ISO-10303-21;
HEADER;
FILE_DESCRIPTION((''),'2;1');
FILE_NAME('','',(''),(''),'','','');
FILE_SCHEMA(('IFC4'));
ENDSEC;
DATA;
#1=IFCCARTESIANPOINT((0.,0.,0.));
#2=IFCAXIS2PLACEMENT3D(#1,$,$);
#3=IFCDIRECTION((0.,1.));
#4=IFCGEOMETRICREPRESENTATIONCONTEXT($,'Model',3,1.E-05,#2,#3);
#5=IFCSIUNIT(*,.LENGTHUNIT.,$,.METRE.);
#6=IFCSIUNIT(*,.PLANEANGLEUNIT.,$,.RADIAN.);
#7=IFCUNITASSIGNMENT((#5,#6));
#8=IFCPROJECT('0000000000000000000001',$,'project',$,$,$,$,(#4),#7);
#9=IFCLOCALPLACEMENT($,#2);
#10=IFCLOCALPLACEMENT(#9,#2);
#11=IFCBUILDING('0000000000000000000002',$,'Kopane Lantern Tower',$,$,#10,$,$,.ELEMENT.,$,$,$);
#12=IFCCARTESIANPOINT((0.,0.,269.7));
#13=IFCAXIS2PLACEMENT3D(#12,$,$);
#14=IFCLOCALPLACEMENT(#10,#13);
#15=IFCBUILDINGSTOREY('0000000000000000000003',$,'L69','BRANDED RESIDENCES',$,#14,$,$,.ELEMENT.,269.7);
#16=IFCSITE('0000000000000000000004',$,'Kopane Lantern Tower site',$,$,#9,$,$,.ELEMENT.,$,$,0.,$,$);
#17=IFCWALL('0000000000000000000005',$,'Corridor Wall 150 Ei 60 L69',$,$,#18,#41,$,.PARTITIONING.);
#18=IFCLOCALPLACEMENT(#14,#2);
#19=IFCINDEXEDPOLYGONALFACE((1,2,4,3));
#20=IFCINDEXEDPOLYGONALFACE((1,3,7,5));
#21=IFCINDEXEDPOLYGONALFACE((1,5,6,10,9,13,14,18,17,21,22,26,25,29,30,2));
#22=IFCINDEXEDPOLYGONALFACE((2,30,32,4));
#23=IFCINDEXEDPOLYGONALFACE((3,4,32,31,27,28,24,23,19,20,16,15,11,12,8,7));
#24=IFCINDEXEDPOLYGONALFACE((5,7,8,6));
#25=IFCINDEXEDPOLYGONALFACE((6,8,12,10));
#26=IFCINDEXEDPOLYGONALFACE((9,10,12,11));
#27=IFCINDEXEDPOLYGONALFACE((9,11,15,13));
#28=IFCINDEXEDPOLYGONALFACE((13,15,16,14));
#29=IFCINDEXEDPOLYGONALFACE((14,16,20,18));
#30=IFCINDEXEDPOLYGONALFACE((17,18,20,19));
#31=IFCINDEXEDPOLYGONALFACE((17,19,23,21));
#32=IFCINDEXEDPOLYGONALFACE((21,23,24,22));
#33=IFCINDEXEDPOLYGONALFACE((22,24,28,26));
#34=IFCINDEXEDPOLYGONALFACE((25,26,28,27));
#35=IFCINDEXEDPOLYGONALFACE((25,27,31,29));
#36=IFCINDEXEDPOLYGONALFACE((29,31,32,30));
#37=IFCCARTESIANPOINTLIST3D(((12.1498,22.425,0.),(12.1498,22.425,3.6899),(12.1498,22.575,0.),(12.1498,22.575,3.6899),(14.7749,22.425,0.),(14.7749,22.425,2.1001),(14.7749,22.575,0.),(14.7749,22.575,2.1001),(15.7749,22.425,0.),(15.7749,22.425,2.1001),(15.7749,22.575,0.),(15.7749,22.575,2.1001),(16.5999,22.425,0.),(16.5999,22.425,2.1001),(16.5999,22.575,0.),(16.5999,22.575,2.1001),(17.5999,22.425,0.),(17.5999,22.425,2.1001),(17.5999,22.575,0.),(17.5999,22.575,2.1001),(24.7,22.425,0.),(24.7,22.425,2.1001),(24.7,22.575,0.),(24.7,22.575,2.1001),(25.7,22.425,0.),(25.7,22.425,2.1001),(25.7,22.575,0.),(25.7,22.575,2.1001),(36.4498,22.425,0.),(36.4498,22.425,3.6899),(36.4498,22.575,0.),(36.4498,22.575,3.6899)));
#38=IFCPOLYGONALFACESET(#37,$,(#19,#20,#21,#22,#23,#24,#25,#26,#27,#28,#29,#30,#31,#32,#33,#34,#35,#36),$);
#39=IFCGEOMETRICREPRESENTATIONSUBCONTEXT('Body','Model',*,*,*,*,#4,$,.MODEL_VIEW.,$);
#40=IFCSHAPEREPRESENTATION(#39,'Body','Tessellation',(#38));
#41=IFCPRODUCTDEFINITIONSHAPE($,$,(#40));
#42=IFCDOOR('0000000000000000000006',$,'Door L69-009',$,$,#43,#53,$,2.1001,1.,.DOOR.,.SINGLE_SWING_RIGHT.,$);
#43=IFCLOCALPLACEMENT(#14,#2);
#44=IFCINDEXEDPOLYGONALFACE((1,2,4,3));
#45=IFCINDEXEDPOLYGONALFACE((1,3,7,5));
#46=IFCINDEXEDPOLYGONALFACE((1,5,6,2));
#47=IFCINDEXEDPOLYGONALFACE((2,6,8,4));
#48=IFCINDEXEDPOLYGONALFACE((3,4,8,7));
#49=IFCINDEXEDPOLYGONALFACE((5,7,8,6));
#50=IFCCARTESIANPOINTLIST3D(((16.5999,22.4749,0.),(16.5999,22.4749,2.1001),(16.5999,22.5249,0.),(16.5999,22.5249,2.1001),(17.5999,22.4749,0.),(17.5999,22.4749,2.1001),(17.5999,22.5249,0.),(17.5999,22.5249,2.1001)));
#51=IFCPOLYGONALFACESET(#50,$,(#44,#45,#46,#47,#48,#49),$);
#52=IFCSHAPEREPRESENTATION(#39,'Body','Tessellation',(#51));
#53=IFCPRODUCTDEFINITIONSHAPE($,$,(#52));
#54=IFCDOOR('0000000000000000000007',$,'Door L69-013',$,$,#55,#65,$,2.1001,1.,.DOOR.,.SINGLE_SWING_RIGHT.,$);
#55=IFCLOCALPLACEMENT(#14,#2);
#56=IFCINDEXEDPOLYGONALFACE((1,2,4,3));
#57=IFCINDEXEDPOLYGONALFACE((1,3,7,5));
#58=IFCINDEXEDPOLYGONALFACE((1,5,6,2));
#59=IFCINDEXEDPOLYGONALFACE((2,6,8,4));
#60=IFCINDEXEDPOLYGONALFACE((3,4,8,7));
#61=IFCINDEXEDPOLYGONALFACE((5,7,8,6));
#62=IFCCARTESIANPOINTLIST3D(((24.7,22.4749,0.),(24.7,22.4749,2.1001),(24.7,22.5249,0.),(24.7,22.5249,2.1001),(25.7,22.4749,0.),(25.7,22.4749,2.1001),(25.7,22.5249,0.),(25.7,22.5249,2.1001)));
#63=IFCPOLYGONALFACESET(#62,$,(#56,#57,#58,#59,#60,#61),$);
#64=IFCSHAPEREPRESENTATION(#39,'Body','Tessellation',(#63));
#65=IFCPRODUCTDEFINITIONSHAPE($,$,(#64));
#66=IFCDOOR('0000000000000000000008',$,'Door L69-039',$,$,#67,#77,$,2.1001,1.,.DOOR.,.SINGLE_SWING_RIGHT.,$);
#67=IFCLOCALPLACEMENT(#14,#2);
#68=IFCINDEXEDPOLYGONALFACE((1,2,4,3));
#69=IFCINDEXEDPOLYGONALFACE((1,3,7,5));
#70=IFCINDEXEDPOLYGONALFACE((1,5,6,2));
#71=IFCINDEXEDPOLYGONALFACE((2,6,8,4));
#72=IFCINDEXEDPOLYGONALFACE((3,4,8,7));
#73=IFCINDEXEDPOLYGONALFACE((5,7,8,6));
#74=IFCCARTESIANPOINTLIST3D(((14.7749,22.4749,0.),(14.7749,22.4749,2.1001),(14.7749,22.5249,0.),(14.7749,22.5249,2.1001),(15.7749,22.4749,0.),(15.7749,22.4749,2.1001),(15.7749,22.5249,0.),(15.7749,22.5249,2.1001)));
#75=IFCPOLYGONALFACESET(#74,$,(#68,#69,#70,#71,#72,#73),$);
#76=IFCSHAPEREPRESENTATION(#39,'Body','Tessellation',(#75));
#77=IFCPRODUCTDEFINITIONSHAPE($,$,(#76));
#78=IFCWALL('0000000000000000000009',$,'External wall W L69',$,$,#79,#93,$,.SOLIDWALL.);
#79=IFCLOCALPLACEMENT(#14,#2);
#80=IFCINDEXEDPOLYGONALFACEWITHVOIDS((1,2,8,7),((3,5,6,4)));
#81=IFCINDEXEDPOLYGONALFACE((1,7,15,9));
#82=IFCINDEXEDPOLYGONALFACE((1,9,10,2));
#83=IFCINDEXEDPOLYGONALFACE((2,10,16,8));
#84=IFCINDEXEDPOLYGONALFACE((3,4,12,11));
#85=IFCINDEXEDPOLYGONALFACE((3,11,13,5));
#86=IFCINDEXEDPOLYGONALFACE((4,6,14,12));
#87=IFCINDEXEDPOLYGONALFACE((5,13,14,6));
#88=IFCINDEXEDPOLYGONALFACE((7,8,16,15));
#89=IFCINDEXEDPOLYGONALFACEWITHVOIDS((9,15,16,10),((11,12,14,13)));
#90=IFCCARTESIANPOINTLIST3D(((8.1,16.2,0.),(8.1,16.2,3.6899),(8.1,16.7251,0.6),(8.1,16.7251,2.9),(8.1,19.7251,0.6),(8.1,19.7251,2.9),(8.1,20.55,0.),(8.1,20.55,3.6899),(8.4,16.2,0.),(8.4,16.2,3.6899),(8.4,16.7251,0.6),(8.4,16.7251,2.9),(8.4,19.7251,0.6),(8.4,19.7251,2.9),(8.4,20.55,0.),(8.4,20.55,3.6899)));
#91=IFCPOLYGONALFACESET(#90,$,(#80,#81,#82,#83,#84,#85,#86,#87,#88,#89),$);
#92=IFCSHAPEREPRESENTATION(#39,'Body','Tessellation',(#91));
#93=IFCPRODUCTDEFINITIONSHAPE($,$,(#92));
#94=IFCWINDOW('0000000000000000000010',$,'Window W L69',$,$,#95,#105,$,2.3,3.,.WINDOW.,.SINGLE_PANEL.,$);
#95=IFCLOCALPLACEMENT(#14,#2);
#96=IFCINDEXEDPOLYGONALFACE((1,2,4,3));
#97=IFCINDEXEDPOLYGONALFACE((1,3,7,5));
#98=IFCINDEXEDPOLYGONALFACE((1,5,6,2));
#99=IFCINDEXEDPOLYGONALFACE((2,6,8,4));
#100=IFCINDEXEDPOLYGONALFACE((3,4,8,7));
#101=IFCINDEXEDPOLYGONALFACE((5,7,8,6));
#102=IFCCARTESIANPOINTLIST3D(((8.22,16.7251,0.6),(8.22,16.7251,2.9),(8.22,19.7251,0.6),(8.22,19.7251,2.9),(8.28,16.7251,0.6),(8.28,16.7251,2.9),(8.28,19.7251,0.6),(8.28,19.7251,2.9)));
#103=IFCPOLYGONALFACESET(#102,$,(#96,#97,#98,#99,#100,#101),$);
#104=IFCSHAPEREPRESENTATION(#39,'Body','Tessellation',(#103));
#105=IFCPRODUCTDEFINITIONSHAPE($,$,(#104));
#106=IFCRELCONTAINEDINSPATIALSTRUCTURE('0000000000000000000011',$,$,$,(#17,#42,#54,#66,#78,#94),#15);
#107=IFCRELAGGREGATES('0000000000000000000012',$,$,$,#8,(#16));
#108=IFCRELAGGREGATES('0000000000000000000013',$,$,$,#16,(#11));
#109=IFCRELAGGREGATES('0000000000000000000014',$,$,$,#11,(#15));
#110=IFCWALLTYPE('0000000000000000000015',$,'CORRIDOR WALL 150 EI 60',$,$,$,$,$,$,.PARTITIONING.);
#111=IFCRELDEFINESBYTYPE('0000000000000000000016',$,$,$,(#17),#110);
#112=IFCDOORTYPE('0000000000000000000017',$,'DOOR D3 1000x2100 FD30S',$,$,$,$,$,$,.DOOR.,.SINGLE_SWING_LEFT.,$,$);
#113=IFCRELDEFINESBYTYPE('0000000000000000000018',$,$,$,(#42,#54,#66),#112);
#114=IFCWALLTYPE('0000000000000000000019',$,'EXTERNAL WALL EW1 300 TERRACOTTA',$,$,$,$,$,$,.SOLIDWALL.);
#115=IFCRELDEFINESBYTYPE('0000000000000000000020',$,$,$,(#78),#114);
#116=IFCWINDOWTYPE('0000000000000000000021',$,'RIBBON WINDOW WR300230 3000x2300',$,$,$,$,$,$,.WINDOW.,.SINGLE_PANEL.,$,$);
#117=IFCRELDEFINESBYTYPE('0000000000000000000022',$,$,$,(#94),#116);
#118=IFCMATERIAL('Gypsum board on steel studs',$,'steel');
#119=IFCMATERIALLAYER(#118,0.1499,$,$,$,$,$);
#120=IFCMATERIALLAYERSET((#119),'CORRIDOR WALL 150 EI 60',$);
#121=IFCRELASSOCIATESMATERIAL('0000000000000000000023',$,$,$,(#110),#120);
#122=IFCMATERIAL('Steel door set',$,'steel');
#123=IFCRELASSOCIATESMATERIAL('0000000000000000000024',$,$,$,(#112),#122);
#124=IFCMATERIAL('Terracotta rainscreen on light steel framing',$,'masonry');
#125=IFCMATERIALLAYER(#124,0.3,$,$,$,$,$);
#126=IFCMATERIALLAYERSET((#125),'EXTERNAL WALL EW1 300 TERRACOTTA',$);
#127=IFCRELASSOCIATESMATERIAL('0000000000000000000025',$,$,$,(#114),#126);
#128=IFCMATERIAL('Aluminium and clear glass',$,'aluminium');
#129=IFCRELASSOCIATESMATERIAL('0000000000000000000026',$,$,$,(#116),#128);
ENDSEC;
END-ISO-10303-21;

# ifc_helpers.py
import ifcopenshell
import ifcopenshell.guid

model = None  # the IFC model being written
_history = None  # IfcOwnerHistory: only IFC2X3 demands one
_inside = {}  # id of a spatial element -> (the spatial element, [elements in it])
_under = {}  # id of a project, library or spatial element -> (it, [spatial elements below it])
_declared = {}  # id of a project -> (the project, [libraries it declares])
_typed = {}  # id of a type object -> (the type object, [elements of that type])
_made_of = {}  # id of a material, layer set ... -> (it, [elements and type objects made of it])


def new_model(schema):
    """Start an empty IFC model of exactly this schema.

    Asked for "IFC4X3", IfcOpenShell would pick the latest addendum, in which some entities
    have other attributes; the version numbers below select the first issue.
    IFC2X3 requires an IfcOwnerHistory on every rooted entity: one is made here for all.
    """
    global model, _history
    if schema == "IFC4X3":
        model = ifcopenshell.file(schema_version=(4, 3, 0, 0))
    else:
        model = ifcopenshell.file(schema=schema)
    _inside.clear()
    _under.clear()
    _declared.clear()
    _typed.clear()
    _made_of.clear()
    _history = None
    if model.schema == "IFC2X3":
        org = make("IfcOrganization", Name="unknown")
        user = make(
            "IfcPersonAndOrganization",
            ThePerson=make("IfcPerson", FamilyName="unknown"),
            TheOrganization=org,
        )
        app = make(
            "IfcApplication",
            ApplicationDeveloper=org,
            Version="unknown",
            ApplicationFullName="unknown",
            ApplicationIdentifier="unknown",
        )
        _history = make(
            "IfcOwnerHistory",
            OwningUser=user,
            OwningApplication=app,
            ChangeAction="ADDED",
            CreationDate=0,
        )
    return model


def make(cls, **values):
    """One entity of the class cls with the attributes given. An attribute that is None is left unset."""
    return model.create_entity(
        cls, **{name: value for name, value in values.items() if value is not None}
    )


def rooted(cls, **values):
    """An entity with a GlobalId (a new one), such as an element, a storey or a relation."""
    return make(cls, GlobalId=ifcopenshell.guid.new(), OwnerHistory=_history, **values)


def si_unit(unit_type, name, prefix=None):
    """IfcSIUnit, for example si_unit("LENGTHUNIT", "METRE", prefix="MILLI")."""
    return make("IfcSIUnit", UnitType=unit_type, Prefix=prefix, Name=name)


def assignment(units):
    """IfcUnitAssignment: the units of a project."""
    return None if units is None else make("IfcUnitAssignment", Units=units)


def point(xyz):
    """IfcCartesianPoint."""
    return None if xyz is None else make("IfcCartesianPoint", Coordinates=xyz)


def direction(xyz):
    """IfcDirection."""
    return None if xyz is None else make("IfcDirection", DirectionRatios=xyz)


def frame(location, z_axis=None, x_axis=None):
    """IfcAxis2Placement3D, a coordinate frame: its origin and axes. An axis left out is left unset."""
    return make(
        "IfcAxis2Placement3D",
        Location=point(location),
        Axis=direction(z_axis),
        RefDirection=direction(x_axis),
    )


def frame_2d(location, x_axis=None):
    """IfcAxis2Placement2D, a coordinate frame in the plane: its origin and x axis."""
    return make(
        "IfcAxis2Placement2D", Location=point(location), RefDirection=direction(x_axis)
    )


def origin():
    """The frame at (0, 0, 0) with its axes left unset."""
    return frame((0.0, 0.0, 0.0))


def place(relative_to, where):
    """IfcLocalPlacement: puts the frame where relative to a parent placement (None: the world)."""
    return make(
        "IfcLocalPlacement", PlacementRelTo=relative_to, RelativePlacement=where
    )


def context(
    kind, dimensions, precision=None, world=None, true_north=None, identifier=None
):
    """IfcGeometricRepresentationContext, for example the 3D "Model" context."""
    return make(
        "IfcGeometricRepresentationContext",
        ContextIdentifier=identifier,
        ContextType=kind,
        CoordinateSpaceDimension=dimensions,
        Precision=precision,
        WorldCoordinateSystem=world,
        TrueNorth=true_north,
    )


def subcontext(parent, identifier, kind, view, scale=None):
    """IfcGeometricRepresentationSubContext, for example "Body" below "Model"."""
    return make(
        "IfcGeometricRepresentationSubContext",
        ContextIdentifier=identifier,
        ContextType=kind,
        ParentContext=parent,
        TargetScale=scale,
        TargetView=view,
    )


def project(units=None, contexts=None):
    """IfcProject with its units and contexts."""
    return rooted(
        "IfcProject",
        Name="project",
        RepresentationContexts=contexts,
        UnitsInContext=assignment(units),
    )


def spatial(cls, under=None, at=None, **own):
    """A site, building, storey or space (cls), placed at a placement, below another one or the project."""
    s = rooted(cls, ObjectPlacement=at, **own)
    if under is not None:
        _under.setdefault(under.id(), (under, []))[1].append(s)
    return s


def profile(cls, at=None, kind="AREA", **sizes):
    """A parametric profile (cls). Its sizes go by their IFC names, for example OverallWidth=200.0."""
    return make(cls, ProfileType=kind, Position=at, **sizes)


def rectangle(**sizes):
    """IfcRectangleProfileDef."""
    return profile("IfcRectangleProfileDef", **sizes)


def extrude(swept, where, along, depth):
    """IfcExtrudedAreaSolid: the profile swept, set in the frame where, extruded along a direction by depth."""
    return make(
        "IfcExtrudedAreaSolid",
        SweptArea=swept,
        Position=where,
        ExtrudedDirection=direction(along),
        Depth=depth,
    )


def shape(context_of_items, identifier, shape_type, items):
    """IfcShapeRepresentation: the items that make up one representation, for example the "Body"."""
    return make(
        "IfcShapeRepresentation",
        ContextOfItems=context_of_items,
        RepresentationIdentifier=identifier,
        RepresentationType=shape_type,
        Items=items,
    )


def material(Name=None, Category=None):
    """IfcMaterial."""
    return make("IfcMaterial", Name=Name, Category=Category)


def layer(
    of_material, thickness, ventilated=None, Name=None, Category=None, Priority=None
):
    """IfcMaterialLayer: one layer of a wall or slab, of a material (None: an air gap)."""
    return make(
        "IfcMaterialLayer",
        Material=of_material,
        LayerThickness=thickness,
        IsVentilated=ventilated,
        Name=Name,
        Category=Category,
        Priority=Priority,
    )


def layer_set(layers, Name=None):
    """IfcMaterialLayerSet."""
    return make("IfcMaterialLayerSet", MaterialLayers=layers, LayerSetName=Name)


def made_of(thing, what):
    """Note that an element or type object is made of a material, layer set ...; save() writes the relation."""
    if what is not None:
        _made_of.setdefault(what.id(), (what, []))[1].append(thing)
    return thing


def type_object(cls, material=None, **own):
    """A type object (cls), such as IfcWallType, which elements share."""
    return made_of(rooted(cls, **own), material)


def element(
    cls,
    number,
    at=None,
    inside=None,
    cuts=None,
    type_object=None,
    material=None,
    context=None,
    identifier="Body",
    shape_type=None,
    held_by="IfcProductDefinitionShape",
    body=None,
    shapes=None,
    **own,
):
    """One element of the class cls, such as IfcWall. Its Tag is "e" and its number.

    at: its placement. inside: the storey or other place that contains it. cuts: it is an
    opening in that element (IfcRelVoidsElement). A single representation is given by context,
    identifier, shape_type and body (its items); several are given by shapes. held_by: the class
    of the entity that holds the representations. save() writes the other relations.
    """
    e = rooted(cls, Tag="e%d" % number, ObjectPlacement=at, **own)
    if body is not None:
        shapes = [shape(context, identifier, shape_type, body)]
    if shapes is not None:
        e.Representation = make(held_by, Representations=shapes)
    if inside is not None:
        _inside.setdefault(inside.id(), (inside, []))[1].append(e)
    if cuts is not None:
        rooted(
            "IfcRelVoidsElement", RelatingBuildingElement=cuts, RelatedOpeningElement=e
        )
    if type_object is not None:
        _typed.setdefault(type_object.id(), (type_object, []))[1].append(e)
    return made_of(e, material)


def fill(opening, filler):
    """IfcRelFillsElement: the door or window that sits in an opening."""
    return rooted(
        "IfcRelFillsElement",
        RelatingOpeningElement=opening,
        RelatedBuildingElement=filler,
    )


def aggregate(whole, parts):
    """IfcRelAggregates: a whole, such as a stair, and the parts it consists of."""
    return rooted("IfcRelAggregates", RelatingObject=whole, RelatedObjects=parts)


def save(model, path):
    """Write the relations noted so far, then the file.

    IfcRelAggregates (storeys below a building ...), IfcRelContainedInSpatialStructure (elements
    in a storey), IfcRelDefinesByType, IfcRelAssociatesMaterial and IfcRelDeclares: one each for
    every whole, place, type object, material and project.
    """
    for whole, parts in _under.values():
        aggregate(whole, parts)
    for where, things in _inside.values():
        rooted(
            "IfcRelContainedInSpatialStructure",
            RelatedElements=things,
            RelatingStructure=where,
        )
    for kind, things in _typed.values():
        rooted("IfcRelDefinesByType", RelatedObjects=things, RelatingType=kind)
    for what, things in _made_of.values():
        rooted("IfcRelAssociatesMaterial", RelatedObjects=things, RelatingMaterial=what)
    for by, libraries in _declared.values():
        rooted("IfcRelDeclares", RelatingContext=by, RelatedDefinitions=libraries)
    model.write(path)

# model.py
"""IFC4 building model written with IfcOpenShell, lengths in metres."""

from ifc_helpers import new_model, si_unit, direction, frame, frame_2d, origin, place, context, subcontext, project, spatial, rectangle, extrude, material, layer, layer_set, type_object, element, fill, save


model = new_model("IFC4")

# Units and contexts
model_context = context("Model", 3, precision=1e-05, world=origin(), true_north=direction((0.0, 1.0)))
body_context = subcontext(model_context, "Body", "Model", "MODEL_VIEW")
ifc_project = project(units=[si_unit("LENGTHUNIT", "METRE"), si_unit("PLANEANGLEUNIT", "RADIAN")], contexts=[model_context])

# Site, building, storey
site_placement = place(None, origin())
site = spatial("IfcSite", under=ifc_project, at=site_placement, Name="Kopane Lantern Tower site", CompositionType="ELEMENT", RefElevation=0.0)
building_placement = place(site_placement, origin())
building = spatial("IfcBuilding", under=site, at=building_placement, Name="Kopane Lantern Tower", CompositionType="ELEMENT")
storey_placement = place(building_placement, frame((0.0, 0.0, 269.7)))
storey = spatial("IfcBuildingStorey", under=building, at=storey_placement, Name="L69", Description="BRANDED RESIDENCES", CompositionType="ELEMENT", Elevation=269.7)

# Wall, openings, doors
ifc_material_1 = material(Name="Gypsum board on steel studs", Category="steel")
ifc_layer_1 = layer(ifc_material_1, 0.1499)
ifc_layer_set_1 = layer_set([ifc_layer_1], Name="CORRIDOR WALL 150 EI 60")
wall_type_1 = type_object("IfcWallType", Name="CORRIDOR WALL 150 EI 60", PredefinedType="PARTITIONING", material=ifc_layer_set_1)
wall_1_placement = place(storey_placement, frame((12.1499, 22.5, 0.0), z_axis=(0.0, 0.0, 1.0), x_axis=(1.0, 0.0, 0.0)))
wall_1 = element("IfcWall", 1, at=wall_1_placement, inside=storey, type_object=wall_type_1, Name="Corridor Wall 150 Ei 60 L69", PredefinedType="PARTITIONING", context=body_context, shape_type="SweptSolid", body=[
    extrude(rectangle(XDim=24.3, YDim=0.1499, at=frame_2d((12.1499, 0.0))), origin(), (0.0, 0.0, 1.0), 3.6899),
])
opening_1_placement = place(wall_1_placement, frame((4.45, 0.0, 0.0)))
opening_1 = element("IfcOpeningElement", 2, at=opening_1_placement, cuts=wall_1, PredefinedType="OPENING", context=body_context, shape_type="SweptSolid", body=[
    extrude(rectangle(XDim=1.0, YDim=2.1001, at=frame_2d((0.5, 1.05))), frame((0.0, 0.085, 0.0), z_axis=(0.0, -1.0, 0.0), x_axis=(1.0, 0.0, 0.0)), (0.0, 0.0, 1.0), 0.1699),
])
opening_2_placement = place(wall_1_placement, frame((12.55, 0.0, 0.0)))
opening_2 = element("IfcOpeningElement", 3, at=opening_2_placement, cuts=wall_1, PredefinedType="OPENING", context=body_context, shape_type="SweptSolid", body=[
    extrude(rectangle(XDim=1.0, YDim=2.1001, at=frame_2d((0.5, 1.05))), frame((0.0, 0.085, 0.0), z_axis=(0.0, -1.0, 0.0), x_axis=(1.0, 0.0, 0.0)), (0.0, 0.0, 1.0), 0.1699),
])
opening_3_placement = place(wall_1_placement, frame((2.625, 0.0, 0.0)))
opening_3 = element("IfcOpeningElement", 4, at=opening_3_placement, cuts=wall_1, PredefinedType="OPENING", context=body_context, shape_type="SweptSolid", body=[
    extrude(rectangle(XDim=1.0, YDim=2.1001, at=frame_2d((0.5, 1.05))), frame((0.0, 0.085, 0.0), z_axis=(0.0, -1.0, 0.0), x_axis=(1.0, 0.0, 0.0)), (0.0, 0.0, 1.0), 0.1699),
])
ifc_material_2 = material(Name="Steel door set", Category="steel")
door_type_1 = type_object("IfcDoorType", Name="DOOR D3 1000x2100 FD30S", OperationType="SINGLE_SWING_LEFT", PredefinedType="DOOR", material=ifc_material_2)
door_1_placement = place(opening_1_placement, origin())
door_1 = element("IfcDoor", 5, at=door_1_placement, inside=storey, type_object=door_type_1, Name="Door L69-009", OperationType="SINGLE_SWING_RIGHT", OverallHeight=2.1001, OverallWidth=1.0, PredefinedType="DOOR", context=body_context, shape_type="SweptSolid", body=[
    extrude(rectangle(XDim=1.0, YDim=2.1001, at=frame_2d((0.5, 1.05))), frame((0.0, 0.0249, 0.0), z_axis=(0.0, -1.0, 0.0), x_axis=(1.0, 0.0, 0.0)), (0.0, 0.0, 1.0), 0.05),
])
fill(opening_1, door_1)
door_2_placement = place(opening_2_placement, origin())
door_2 = element("IfcDoor", 6, at=door_2_placement, inside=storey, type_object=door_type_1, Name="Door L69-013", OperationType="SINGLE_SWING_RIGHT", OverallHeight=2.1001, OverallWidth=1.0, PredefinedType="DOOR", context=body_context, shape_type="SweptSolid", body=[
    extrude(rectangle(XDim=1.0, YDim=2.1001, at=frame_2d((0.5, 1.05))), frame((0.0, 0.0249, 0.0), z_axis=(0.0, -1.0, 0.0), x_axis=(1.0, 0.0, 0.0)), (0.0, 0.0, 1.0), 0.05),
])
fill(opening_2, door_2)
door_3_placement = place(opening_3_placement, origin())
door_3 = element("IfcDoor", 7, at=door_3_placement, inside=storey, type_object=door_type_1, Name="Door L69-039", OperationType="SINGLE_SWING_RIGHT", OverallHeight=2.1001, OverallWidth=1.0, PredefinedType="DOOR", context=body_context, shape_type="SweptSolid", body=[
    extrude(rectangle(XDim=1.0, YDim=2.1001, at=frame_2d((0.5, 1.05))), frame((0.0, 0.0249, 0.0), z_axis=(0.0, -1.0, 0.0), x_axis=(1.0, 0.0, 0.0)), (0.0, 0.0, 1.0), 0.05),
])
fill(opening_3, door_3)

# Wall, opening, window
ifc_material_3 = material(Name="Terracotta rainscreen on light steel framing", Category="masonry")
ifc_layer_2 = layer(ifc_material_3, 0.3)
ifc_layer_set_2 = layer_set([ifc_layer_2], Name="EXTERNAL WALL EW1 300 TERRACOTTA")
wall_type_2 = type_object("IfcWallType", Name="EXTERNAL WALL EW1 300 TERRACOTTA", PredefinedType="SOLIDWALL", material=ifc_layer_set_2)
wall_2_placement = place(storey_placement, frame((8.25, 20.55, 0.0), z_axis=(0.0, 0.0, 1.0), x_axis=(0.0, -1.0, 0.0)))
wall_2 = element("IfcWall", 8, at=wall_2_placement, inside=storey, type_object=wall_type_2, Name="External wall W L69", PredefinedType="SOLIDWALL", context=body_context, shape_type="SweptSolid", body=[
    extrude(rectangle(XDim=4.3501, YDim=0.3, at=frame_2d((2.175, 0.0))), origin(), (0.0, 0.0, 1.0), 3.6899),
])
opening_4_placement = place(wall_2_placement, frame((0.825, 0.0, 0.6001)))
opening_4 = element("IfcOpeningElement", 9, at=opening_4_placement, cuts=wall_2, PredefinedType="OPENING", context=body_context, shape_type="SweptSolid", body=[
    extrude(rectangle(XDim=3.0, YDim=2.3, at=frame_2d((1.5, 1.1499))), frame((0.0, 0.1599, 0.0), z_axis=(0.0, -1.0, 0.0), x_axis=(1.0, 0.0, 0.0)), (0.0, 0.0, 1.0), 0.3201),
])
ifc_material_4 = material(Name="Aluminium and clear glass", Category="aluminium")
window_type = type_object("IfcWindowType", Name="RIBBON WINDOW WR300230 3000x2300", PartitioningType="SINGLE_PANEL", PredefinedType="WINDOW", material=ifc_material_4)
window_placement = place(opening_4_placement, origin())
window = element("IfcWindow", 10, at=window_placement, inside=storey, type_object=window_type, Name="Window W L69", OverallHeight=2.3, OverallWidth=3.0, PartitioningType="SINGLE_PANEL", PredefinedType="WINDOW", context=body_context, shape_type="SweptSolid", body=[
    extrude(rectangle(XDim=3.0, YDim=2.3, at=frame_2d((1.5, 1.1499))), frame((0.0, 0.03, 0.0), z_axis=(0.0, -1.0, 0.0), x_axis=(1.0, 0.0, 0.0)), (0.0, 0.0, 1.0), 0.0601),
])
fill(opening_4, window)

save(model, "model.ifc")
